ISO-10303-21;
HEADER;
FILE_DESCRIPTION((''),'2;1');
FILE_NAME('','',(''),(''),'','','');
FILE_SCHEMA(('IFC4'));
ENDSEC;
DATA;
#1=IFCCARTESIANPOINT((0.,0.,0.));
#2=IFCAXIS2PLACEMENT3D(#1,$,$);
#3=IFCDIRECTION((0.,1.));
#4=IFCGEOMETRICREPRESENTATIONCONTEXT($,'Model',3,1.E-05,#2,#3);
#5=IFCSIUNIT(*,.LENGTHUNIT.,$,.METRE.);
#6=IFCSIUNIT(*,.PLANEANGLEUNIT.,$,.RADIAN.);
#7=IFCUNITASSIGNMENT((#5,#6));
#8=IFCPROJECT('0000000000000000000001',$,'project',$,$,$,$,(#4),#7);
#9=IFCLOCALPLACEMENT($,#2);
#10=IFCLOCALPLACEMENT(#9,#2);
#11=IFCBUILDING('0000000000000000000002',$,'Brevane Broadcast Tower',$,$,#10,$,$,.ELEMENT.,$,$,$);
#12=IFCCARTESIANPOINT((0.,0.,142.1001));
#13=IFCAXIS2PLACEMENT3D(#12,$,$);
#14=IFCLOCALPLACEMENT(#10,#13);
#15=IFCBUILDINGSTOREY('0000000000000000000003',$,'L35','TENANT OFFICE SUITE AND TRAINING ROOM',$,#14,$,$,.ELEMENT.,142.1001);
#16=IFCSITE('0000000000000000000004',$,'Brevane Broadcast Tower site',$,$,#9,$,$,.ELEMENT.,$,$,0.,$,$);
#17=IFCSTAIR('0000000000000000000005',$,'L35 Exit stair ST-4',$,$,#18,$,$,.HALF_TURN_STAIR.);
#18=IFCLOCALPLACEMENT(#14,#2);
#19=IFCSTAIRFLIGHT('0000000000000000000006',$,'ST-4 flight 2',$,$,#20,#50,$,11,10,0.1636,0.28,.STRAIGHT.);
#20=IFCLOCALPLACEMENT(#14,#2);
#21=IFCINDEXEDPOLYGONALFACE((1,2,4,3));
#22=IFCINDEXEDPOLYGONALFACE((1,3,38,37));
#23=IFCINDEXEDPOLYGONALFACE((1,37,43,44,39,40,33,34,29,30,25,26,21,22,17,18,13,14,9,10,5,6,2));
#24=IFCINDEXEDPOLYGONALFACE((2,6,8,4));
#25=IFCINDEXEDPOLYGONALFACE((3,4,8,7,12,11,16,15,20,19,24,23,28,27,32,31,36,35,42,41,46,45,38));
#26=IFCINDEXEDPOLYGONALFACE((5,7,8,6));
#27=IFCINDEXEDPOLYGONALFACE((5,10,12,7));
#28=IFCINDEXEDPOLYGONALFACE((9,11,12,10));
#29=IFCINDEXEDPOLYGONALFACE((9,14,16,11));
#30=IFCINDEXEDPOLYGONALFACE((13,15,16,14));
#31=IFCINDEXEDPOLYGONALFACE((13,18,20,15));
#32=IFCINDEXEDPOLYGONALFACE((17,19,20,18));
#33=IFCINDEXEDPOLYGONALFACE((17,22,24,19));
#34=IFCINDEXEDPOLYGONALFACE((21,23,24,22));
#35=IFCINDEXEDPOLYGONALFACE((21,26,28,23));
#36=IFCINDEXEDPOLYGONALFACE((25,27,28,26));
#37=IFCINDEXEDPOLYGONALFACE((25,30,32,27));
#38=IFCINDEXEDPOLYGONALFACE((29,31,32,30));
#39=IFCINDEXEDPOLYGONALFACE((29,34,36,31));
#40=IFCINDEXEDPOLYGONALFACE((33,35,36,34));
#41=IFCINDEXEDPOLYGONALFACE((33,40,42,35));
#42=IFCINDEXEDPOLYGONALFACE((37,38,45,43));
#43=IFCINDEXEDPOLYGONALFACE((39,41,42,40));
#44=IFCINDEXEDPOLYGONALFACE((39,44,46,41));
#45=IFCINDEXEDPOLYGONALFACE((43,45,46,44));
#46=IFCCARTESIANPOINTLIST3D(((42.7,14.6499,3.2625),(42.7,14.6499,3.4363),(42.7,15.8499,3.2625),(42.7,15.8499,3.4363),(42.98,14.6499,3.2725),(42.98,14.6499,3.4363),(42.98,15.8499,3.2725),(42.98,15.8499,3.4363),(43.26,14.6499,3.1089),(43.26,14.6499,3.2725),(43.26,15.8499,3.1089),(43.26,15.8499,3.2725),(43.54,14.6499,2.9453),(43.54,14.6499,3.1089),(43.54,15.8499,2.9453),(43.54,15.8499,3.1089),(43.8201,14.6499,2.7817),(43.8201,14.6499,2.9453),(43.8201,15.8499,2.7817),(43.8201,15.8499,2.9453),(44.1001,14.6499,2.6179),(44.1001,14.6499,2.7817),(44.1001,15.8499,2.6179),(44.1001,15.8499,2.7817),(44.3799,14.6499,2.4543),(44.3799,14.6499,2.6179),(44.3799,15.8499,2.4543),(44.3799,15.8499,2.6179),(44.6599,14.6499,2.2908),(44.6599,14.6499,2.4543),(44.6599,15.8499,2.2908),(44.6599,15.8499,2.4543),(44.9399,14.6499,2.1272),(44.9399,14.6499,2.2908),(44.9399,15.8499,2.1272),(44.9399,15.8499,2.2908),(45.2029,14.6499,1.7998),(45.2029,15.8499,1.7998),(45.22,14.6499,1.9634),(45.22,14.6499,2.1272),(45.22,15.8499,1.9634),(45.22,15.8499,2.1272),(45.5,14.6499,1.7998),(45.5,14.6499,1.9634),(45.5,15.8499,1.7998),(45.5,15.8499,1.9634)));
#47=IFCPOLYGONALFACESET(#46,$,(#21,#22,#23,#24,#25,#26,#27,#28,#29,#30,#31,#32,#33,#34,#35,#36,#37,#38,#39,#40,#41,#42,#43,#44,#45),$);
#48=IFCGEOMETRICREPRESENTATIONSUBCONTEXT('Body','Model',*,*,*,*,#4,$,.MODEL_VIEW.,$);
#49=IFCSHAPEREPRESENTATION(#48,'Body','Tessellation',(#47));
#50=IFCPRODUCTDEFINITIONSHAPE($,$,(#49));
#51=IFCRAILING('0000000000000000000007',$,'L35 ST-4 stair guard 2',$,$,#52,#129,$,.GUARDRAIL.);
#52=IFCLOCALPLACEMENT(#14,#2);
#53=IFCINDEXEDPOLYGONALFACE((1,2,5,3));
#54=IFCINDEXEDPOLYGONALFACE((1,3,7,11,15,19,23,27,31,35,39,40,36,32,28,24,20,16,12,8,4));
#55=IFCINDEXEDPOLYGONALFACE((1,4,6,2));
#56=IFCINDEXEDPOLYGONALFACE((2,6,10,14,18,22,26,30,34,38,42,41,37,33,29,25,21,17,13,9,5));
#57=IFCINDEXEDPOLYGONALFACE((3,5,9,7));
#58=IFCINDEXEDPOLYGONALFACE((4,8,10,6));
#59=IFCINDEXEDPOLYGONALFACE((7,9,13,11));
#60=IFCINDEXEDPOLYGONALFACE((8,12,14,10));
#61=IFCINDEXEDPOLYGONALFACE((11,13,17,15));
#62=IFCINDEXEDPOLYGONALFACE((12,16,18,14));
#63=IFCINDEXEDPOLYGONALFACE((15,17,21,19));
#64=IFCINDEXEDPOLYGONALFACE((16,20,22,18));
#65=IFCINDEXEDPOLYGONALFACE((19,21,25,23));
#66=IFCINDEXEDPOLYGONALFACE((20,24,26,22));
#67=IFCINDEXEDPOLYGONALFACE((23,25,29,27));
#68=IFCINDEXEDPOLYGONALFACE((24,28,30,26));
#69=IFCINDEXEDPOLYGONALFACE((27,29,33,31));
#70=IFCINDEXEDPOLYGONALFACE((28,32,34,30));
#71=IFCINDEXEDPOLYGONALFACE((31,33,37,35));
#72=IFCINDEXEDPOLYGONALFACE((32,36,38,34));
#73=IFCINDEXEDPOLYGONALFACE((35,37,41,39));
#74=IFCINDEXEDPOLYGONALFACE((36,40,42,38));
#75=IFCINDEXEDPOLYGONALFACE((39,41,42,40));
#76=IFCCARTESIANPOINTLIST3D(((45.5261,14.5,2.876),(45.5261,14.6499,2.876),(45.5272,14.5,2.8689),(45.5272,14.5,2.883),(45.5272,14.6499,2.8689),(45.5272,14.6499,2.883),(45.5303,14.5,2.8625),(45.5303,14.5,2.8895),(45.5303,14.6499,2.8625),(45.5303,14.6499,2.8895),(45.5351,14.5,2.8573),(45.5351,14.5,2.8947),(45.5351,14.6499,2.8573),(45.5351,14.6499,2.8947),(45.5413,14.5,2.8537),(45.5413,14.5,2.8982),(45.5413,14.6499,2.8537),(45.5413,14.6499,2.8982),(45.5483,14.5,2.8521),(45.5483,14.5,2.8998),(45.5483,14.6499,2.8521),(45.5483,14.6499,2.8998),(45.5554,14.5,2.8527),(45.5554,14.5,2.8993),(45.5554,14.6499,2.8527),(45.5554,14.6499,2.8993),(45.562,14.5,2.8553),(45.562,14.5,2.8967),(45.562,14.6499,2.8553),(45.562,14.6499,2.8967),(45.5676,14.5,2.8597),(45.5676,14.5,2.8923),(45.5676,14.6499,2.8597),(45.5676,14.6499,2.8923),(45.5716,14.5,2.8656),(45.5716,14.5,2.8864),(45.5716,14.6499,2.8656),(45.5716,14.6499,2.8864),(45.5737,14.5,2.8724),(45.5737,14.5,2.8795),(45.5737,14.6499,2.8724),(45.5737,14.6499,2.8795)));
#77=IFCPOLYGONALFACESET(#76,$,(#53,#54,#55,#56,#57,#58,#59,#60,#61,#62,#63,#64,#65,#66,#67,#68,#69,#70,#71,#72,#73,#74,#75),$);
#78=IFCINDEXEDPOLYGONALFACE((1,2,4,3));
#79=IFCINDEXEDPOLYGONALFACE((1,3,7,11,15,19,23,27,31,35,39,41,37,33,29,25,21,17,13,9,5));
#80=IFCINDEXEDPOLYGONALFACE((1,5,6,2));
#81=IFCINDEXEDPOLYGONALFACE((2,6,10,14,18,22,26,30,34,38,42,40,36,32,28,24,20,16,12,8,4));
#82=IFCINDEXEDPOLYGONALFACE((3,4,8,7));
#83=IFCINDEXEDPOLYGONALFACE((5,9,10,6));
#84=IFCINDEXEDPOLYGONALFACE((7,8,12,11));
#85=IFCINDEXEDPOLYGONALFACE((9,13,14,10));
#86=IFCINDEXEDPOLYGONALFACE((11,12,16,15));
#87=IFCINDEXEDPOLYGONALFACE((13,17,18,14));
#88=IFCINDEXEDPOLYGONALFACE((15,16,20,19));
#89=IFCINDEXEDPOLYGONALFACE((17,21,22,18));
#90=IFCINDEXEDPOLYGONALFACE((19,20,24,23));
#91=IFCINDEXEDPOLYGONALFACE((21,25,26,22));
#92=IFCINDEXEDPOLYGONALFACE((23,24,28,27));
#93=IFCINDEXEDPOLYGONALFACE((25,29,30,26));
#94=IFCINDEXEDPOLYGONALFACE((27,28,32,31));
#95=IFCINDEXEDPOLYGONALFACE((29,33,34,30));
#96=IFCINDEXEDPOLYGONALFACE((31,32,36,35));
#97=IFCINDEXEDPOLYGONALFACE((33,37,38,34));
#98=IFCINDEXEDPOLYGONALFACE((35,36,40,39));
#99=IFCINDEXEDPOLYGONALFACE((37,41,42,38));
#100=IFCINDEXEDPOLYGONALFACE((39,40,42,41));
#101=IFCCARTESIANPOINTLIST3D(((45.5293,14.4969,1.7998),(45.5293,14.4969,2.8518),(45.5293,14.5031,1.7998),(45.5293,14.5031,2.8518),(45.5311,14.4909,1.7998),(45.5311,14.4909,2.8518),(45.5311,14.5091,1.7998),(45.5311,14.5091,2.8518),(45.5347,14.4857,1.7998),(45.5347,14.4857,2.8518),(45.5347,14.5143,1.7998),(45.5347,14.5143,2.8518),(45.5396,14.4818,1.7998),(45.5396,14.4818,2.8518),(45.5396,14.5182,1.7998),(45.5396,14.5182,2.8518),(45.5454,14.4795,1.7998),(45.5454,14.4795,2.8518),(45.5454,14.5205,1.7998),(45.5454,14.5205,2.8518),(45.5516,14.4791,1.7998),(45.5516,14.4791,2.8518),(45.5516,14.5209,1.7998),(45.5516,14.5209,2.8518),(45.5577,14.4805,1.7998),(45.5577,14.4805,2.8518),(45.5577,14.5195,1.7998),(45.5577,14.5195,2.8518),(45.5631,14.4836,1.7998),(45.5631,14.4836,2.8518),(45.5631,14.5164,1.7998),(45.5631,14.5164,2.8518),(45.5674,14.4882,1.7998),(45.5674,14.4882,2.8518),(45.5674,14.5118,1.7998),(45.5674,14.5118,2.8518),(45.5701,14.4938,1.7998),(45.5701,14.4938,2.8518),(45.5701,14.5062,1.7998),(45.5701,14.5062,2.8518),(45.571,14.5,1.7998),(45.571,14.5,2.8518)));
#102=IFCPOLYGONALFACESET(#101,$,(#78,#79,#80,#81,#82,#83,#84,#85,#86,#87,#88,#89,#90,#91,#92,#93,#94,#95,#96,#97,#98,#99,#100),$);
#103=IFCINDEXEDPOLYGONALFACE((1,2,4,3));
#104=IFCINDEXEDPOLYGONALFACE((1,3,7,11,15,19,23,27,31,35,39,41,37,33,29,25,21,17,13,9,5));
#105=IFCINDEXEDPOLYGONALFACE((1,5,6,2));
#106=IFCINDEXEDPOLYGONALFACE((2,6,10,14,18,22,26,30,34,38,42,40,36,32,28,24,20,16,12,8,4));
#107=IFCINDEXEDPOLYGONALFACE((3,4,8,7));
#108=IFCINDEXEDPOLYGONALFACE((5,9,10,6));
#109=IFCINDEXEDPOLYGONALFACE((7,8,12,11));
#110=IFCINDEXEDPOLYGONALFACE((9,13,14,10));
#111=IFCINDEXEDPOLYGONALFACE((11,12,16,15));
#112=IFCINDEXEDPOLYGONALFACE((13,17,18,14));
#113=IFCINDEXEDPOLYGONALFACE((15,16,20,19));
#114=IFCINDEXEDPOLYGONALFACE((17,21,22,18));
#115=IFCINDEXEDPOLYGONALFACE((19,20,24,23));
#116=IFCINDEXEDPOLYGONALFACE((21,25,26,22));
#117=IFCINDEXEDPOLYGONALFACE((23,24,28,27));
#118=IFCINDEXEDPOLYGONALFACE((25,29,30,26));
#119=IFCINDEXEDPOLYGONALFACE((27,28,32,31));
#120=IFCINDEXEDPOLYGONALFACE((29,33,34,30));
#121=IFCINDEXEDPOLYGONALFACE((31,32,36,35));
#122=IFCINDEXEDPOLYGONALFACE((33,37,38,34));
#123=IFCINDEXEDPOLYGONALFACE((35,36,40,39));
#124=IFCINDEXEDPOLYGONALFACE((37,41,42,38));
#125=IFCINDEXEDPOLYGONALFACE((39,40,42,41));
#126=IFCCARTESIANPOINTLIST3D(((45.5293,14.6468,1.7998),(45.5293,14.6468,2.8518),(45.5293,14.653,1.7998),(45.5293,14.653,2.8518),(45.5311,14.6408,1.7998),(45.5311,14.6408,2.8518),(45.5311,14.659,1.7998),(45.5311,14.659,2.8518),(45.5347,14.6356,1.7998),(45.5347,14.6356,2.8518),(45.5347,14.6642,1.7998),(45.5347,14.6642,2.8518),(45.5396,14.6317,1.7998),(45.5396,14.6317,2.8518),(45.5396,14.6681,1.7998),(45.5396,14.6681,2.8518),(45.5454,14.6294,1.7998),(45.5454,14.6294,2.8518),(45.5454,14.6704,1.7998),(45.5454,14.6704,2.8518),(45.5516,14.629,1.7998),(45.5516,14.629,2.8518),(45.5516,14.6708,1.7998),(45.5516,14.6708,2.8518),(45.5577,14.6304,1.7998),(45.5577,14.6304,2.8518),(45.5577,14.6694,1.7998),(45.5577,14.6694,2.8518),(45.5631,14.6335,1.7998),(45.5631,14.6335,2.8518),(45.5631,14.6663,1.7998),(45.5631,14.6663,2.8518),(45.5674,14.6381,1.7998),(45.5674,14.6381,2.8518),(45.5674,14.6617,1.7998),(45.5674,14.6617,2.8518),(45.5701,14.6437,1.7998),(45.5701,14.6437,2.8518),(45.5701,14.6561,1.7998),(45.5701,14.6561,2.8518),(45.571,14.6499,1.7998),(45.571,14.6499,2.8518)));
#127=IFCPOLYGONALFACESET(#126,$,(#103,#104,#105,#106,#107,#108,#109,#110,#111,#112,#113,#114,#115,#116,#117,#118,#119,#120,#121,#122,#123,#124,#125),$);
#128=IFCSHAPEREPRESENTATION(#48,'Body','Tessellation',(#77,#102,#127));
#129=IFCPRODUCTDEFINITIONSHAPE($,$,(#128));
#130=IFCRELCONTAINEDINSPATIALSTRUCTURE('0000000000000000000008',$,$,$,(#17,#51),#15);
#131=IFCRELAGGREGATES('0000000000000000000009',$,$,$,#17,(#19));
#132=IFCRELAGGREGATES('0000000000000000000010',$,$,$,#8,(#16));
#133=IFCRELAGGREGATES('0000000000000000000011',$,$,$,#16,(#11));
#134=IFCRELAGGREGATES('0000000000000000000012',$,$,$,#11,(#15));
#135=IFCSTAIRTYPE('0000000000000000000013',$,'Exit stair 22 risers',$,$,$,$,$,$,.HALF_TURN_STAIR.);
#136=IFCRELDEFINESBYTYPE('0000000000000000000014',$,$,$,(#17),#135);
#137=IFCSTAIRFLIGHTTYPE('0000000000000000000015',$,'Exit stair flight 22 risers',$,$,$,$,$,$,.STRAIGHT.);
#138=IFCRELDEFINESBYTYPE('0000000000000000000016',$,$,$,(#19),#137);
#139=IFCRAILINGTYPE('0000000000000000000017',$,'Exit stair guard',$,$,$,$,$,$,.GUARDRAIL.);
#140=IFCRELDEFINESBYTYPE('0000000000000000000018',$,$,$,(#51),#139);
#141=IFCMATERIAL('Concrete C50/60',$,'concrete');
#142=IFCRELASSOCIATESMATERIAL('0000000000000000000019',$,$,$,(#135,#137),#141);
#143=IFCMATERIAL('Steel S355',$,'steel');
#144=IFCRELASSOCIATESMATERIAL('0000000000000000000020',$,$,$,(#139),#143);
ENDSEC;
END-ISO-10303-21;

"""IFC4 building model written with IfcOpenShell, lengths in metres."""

from ifc_helpers import new_model, si_unit, direction, frame, origin, origin_2d, place, context, subcontext, project, spatial, polyline, circle, outline, extrude, material, type_object, element, aggregate, save


model = new_model("IFC4")

# Units and contexts
model_context = context("Model", 3, precision=1e-05, world=origin(), true_north=direction((0.0, 1.0)))
body_context = subcontext(model_context, "Body", "Model", "MODEL_VIEW")
ifc_project = project(units=[si_unit("LENGTHUNIT", "METRE"), si_unit("PLANEANGLEUNIT", "RADIAN")], contexts=[model_context])

# Site, building, storey
site_placement = place(None, origin())
site = spatial("IfcSite", under=ifc_project, at=site_placement, Name="Brevane Broadcast Tower site", CompositionType="ELEMENT", RefElevation=0.0)
building_placement = place(site_placement, origin())
building = spatial("IfcBuilding", under=site, at=building_placement, Name="Brevane Broadcast Tower", CompositionType="ELEMENT")
storey_placement = place(building_placement, frame((0.0, 0.0, 142.1001)))
storey = spatial("IfcBuildingStorey", under=building, at=storey_placement, Name="L35", Description="TENANT OFFICE SUITE AND TRAINING ROOM", CompositionType="ELEMENT", Elevation=142.1001)

# Stair, stair flight
ifc_material_1 = material(Name="Concrete C50/60", Category="concrete")
stair_type = type_object("IfcStairType", Name="Exit stair 22 risers", PredefinedType="HALF_TURN_STAIR", material=ifc_material_1)
stair_placement = place(storey_placement, origin())
stair = element("IfcStair", 1, at=stair_placement, inside=storey, type_object=stair_type, Name="L35 Exit stair ST-4", PredefinedType="HALF_TURN_STAIR")
stair_flight_type = type_object("IfcStairFlightType", Name="Exit stair flight 22 risers", PredefinedType="STRAIGHT", material=ifc_material_1)
stair_flight_placement = place(storey_placement, frame((45.5, 15.25, 1.7998), z_axis=(0.0, 0.0, 1.0), x_axis=(-1.0, 0.0, 0.0)))
stair_flight = element("IfcStairFlight", 2, at=stair_flight_placement, type_object=stair_flight_type, Name="ST-4 flight 2", NumberOfRisers=11, NumberOfTreads=10, PredefinedType="STRAIGHT", RiserHeight=0.1636, TreadLength=0.28, context=body_context, shape_type="SweptSolid", body=[
    extrude(outline(polyline([(0.0, 0.0), (0.0, 0.1636), (0.28, 0.1636), (0.28, 0.3274), (0.5601, 0.3274), (0.5601, 0.491), (0.8401, 0.491), (0.8401, 0.6545), (1.1201, 0.6545), (1.1201, 0.8181), (1.3999, 0.8181), (1.3999, 0.9819), (1.6799, 0.9819), (1.6799, 1.1455), (1.96, 1.1455), (1.96, 1.3091), (2.24, 1.3091), (2.24, 1.4727), (2.52, 1.4727), (2.52, 1.6365), (2.8, 1.6365), (2.8, 1.8), (2.8, 1.4626), (0.2971, 0.0), (0.0, 0.0)])), frame((0.0, 0.6001, 0.0), z_axis=(0.0, -1.0, 0.0), x_axis=(1.0, 0.0, 0.0)), (0.0, 0.0, 1.0), 1.2),
])
aggregate(stair, [stair_flight])

# Railing
ifc_material_2 = material(Name="Steel S355", Category="steel")
railing_type_1 = type_object("IfcRailingType", Name="Exit stair guard", PredefinedType="GUARDRAIL", material=ifc_material_2)
railing_1_placement = place(storey_placement, frame((45.55, 14.5, 1.7998)))
element("IfcRailing", 3, at=railing_1_placement, inside=storey, type_object=railing_type_1, Name="L35 ST-4 stair guard 2", PredefinedType="GUARDRAIL", context=body_context, shape_type="SweptSolid", body=[
    extrude(circle(Radius=0.0239, at=origin_2d()), frame((0.0, 0.0, 1.0762), z_axis=(0.0, 1.0, 0.0), x_axis=(-1.0, 0.0, 0.0)), (0.0, 0.0, 1.0), 0.1499),
    extrude(circle(Radius=0.021, at=origin_2d()), origin(), (0.0, 0.0, 1.0), 1.052),
    extrude(circle(Radius=0.021, at=origin_2d()), frame((0.0, 0.1499, 0.0)), (0.0, 0.0, 1.0), 1.052),
])

save(model, "model.ifc")
